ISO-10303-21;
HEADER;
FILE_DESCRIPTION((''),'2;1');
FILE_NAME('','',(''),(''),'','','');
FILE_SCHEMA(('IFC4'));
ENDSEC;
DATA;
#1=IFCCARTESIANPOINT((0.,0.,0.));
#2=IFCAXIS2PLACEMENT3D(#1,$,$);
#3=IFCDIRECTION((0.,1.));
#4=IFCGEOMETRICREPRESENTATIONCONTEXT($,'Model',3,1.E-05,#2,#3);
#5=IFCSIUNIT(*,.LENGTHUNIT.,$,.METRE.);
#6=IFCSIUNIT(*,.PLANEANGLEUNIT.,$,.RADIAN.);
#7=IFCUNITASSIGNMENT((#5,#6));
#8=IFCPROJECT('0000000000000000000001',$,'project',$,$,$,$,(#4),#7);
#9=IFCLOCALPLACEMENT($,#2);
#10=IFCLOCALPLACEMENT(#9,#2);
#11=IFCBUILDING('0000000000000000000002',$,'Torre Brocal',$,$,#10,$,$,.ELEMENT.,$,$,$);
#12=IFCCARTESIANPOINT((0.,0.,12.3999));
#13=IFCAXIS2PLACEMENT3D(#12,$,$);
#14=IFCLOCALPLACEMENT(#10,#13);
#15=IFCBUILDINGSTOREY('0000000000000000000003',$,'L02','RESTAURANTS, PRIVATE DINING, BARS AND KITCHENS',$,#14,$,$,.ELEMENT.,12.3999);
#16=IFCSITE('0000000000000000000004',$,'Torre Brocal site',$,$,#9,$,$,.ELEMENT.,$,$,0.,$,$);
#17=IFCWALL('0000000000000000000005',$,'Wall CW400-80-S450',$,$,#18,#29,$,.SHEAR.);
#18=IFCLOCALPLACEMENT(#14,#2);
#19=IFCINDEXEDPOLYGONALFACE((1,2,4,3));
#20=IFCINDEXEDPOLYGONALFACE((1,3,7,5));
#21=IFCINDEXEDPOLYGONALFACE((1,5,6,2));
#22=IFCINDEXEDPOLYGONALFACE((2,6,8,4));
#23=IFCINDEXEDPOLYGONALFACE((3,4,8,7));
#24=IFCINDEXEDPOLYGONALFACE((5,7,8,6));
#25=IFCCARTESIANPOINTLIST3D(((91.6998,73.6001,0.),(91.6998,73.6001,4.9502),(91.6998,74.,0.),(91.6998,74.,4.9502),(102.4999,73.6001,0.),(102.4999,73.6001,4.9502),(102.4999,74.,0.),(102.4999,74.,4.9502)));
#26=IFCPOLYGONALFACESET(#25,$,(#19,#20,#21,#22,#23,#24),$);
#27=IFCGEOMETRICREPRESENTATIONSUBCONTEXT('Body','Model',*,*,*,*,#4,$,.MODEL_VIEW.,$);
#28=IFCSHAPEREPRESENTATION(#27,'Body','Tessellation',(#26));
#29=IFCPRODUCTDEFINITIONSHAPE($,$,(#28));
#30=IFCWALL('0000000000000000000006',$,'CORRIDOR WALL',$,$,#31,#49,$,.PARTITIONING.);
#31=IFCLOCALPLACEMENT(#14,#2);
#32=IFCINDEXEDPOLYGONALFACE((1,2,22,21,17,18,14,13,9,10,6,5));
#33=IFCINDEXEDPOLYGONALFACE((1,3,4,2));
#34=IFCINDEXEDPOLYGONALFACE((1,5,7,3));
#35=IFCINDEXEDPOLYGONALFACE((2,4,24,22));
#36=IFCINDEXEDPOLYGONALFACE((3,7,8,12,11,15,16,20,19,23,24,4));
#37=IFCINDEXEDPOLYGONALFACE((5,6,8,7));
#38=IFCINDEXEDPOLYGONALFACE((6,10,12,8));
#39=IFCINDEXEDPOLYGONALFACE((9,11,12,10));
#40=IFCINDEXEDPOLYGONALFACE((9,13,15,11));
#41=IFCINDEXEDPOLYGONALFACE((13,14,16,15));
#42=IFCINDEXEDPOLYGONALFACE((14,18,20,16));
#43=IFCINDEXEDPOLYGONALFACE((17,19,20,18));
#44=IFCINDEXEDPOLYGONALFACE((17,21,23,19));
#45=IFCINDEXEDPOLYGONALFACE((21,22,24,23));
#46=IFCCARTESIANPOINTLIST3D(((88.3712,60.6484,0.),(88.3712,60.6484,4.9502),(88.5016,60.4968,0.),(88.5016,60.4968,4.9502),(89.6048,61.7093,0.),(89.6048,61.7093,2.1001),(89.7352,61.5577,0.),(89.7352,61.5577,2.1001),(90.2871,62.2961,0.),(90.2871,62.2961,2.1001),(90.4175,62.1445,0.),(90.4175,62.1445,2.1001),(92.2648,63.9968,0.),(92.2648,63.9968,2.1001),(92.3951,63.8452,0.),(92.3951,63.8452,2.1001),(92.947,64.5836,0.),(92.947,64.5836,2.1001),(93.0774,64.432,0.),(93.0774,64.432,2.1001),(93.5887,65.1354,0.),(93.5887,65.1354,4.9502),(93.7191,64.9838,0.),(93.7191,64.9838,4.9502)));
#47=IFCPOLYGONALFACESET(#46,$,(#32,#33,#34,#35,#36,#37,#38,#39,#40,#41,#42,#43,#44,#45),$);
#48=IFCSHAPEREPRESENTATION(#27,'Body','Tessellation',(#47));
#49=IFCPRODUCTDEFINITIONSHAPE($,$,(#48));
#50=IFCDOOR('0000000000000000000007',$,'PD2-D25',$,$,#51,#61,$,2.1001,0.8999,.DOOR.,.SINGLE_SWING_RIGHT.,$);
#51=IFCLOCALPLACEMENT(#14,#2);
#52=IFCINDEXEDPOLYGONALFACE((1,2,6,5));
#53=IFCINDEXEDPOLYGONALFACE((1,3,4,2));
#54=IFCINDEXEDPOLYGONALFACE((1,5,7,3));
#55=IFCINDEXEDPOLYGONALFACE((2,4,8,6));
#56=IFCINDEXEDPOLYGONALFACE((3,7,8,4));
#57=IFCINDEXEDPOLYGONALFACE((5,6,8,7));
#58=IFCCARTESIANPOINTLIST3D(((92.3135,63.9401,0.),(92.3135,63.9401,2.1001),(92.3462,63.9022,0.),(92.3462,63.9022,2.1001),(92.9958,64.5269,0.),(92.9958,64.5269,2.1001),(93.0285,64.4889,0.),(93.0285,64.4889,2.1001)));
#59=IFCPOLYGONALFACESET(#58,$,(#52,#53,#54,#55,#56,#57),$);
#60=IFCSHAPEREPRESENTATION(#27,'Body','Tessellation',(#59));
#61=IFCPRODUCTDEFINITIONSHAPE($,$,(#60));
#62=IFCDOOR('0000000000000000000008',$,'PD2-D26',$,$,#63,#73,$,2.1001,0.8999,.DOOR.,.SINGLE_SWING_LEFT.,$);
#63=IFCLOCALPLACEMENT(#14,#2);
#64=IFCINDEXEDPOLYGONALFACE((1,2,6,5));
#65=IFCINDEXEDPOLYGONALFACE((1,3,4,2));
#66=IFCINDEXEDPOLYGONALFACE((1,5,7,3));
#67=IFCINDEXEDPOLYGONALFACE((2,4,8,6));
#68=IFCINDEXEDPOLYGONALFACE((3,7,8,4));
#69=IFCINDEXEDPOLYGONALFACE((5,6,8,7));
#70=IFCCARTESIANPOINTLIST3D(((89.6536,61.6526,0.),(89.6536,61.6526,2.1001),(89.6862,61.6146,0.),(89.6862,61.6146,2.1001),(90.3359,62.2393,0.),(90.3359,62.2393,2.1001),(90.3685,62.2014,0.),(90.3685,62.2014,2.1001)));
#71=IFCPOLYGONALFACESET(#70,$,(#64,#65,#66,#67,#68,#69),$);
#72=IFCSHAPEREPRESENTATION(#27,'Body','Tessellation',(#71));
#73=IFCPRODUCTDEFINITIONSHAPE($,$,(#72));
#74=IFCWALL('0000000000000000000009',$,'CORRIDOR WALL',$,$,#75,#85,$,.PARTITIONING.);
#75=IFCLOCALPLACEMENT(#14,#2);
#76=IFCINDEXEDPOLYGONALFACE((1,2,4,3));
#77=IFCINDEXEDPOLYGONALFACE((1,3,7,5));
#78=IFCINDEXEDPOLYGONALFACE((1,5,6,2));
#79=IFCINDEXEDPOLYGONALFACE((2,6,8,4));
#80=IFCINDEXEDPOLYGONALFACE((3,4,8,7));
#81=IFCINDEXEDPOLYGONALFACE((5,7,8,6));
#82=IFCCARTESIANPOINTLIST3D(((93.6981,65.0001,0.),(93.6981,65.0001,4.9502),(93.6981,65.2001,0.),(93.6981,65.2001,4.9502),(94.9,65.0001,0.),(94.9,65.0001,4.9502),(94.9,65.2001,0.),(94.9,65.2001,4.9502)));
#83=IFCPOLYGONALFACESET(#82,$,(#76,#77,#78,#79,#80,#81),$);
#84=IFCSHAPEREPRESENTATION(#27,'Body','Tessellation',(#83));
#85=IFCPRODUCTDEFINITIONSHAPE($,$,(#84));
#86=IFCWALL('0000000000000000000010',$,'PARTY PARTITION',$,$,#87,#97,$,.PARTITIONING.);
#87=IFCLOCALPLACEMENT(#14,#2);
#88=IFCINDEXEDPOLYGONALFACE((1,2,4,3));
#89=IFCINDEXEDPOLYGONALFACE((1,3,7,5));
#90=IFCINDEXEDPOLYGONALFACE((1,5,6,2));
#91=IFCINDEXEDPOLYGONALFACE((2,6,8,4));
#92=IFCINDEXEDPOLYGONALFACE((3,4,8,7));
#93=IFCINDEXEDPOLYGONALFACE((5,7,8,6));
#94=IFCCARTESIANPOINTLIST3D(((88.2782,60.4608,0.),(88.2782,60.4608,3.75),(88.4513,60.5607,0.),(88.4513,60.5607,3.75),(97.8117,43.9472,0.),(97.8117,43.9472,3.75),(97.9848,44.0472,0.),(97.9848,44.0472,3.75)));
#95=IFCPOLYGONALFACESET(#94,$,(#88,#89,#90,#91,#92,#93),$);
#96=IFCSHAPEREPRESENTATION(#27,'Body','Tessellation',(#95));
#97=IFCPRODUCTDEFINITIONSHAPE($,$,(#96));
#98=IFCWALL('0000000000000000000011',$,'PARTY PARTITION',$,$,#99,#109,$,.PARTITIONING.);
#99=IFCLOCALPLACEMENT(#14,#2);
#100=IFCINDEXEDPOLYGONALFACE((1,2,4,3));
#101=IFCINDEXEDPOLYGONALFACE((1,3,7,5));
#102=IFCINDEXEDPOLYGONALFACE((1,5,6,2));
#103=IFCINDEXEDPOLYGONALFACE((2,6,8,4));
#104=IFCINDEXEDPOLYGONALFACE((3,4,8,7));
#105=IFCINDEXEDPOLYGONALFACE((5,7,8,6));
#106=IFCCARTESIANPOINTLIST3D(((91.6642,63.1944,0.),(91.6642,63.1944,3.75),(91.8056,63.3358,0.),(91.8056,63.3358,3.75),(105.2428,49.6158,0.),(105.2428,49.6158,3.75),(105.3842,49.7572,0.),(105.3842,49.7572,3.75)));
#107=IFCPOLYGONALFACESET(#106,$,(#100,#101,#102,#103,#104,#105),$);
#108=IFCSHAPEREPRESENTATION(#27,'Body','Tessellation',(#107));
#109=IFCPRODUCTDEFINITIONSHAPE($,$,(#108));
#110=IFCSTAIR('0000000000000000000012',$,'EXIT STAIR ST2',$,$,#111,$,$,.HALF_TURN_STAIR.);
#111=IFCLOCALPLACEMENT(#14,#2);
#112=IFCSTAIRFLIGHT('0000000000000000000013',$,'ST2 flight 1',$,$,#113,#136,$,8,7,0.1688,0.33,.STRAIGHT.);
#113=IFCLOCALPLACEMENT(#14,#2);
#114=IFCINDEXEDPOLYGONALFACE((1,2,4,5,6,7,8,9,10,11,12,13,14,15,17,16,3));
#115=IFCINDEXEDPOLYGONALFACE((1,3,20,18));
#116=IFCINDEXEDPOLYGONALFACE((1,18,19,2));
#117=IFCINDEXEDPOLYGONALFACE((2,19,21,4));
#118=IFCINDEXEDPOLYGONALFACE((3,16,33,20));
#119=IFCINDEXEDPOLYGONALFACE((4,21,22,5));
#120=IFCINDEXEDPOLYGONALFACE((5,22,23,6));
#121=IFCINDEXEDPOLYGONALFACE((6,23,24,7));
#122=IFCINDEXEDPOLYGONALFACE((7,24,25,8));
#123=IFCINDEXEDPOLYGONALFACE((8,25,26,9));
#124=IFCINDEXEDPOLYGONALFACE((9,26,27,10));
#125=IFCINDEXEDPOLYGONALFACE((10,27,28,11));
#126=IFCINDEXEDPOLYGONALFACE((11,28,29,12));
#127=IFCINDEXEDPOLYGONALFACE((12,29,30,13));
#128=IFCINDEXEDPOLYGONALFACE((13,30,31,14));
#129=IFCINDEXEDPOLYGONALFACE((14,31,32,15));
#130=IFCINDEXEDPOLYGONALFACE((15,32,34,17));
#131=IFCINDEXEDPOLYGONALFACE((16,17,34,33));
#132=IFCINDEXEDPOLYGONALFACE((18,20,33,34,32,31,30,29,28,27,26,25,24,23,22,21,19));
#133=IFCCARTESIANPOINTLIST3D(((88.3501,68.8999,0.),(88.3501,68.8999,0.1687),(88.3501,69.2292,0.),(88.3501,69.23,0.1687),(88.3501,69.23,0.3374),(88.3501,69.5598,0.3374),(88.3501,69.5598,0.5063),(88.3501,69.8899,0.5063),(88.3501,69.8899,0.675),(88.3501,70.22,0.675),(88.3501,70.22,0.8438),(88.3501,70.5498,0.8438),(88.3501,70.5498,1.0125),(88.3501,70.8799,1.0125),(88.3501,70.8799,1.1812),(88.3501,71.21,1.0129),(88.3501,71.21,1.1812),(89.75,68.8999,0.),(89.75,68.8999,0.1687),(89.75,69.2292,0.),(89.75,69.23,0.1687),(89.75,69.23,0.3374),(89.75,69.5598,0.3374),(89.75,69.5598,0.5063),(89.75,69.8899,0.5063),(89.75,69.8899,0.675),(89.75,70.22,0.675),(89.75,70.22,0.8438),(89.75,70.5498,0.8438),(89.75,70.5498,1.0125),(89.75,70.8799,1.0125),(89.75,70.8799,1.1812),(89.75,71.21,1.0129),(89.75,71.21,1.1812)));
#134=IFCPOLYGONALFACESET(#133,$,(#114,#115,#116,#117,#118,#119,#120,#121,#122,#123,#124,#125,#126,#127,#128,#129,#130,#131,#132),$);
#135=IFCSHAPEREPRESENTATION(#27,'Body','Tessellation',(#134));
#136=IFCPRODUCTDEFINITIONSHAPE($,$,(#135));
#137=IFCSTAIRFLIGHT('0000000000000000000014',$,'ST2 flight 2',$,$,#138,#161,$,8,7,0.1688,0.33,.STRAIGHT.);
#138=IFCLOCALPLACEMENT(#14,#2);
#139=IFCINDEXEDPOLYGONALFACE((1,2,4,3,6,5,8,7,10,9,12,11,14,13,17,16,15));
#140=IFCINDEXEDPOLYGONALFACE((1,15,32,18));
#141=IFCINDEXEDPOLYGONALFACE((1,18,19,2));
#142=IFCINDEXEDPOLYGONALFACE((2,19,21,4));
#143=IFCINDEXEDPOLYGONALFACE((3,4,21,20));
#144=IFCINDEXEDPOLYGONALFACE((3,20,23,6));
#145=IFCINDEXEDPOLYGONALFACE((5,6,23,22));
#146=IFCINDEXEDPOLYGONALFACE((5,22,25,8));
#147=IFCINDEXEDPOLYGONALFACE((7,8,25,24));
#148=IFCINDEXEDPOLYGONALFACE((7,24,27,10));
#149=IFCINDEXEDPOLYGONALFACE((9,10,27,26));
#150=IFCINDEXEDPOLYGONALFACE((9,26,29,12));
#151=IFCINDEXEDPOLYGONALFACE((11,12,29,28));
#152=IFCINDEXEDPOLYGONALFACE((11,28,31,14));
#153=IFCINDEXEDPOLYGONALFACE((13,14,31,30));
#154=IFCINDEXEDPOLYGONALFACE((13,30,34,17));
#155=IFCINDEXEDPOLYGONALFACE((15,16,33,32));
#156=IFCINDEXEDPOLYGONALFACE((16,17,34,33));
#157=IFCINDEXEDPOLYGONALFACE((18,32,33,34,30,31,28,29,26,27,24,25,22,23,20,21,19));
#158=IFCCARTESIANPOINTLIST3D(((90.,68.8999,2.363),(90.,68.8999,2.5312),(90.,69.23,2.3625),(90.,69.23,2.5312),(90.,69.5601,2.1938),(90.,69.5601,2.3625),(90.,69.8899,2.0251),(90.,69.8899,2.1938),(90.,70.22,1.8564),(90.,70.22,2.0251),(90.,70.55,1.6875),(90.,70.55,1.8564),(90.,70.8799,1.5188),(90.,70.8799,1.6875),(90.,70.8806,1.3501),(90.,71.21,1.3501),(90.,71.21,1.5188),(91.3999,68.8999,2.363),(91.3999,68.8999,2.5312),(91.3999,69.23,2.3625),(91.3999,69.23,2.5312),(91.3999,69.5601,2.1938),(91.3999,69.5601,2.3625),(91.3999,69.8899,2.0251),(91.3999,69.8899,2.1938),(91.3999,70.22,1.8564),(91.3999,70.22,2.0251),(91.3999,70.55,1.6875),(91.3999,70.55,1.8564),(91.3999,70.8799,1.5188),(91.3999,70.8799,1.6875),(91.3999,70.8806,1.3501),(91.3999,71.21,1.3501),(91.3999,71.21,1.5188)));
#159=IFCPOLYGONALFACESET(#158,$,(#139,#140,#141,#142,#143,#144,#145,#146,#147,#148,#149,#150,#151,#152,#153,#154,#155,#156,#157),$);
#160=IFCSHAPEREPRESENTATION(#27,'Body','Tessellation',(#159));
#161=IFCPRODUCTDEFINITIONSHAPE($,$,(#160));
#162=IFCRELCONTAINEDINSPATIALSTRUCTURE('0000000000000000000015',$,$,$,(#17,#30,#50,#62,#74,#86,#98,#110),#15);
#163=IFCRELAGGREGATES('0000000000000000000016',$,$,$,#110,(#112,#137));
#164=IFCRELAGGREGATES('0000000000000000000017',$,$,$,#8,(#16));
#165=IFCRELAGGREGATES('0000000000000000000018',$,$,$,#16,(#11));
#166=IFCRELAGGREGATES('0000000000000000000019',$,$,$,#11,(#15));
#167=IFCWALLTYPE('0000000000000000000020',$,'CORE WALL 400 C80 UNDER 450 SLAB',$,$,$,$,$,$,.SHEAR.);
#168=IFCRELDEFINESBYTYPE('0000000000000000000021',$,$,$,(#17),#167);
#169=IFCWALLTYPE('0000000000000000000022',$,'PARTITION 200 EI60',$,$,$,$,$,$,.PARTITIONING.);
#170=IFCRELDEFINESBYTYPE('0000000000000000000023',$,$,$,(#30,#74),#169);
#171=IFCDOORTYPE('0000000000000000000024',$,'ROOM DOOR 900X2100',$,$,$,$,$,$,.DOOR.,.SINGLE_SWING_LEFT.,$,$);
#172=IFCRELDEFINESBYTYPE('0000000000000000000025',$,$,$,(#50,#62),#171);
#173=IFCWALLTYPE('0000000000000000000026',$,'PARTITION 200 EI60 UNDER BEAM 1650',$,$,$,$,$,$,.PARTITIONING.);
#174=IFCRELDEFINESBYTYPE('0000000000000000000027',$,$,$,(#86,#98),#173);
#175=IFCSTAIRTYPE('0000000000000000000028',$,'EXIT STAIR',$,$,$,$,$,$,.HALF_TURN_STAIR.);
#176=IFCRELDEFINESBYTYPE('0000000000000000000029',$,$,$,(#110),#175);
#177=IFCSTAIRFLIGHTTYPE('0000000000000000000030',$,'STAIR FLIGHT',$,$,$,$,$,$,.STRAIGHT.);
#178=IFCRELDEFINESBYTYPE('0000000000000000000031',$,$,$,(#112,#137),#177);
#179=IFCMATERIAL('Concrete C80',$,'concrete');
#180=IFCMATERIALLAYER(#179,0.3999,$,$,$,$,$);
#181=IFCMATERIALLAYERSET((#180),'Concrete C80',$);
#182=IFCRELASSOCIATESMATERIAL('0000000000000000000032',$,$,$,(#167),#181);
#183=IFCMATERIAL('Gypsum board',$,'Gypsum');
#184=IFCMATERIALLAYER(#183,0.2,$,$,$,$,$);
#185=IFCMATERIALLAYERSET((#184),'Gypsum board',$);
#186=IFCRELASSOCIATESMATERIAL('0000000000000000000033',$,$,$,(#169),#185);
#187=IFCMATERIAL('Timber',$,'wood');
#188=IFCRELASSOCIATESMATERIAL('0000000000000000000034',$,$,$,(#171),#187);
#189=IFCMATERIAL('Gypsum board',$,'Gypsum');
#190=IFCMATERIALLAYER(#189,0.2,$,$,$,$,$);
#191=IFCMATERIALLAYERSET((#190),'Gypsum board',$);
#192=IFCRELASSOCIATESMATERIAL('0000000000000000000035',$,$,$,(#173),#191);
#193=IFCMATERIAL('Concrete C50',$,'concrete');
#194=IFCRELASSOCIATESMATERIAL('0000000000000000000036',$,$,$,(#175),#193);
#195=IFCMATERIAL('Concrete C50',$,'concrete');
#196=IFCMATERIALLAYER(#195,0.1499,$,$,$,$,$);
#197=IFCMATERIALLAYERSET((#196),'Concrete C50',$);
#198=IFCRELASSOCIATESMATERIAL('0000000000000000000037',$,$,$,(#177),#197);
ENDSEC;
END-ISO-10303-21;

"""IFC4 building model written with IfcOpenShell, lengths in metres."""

from ifc_helpers import new_model, si_unit, direction, frame, frame_2d, origin, place, context, subcontext, project, spatial, polyline, rectangle, outline, extrude, material, layer, layer_set, type_object, element, fill, aggregate, save


model = new_model("IFC4")

# Units and contexts
model_context = context("Model", 3, precision=1e-05, world=origin(), true_north=direction((0.0, 1.0)))
body_context = subcontext(model_context, "Body", "Model", "MODEL_VIEW")
ifc_project = project(units=[si_unit("LENGTHUNIT", "METRE"), si_unit("PLANEANGLEUNIT", "RADIAN")], contexts=[model_context])

# Site, building, storey
site_placement = place(None, origin())
site = spatial("IfcSite", under=ifc_project, at=site_placement, Name="Torre Brocal site", CompositionType="ELEMENT", RefElevation=0.0)
building_placement = place(site_placement, origin())
building = spatial("IfcBuilding", under=site, at=building_placement, Name="Torre Brocal", CompositionType="ELEMENT")
storey_placement = place(building_placement, frame((0.0, 0.0, 12.3999)))
storey = spatial("IfcBuildingStorey", under=building, at=storey_placement, Name="L02", Description="RESTAURANTS, PRIVATE DINING, BARS AND KITCHENS", CompositionType="ELEMENT", Elevation=12.3999)

# Wall
ifc_material_1 = material(Name="Concrete C80", Category="concrete")
ifc_layer_1 = layer(ifc_material_1, 0.3999)
ifc_layer_set_1 = layer_set([ifc_layer_1], Name="Concrete C80")
wall_type_1 = type_object("IfcWallType", Name="CORE WALL 400 C80 UNDER 450 SLAB", PredefinedType="SHEAR", material=ifc_layer_set_1)
wall_1_placement = place(storey_placement, frame((91.7, 73.8, 0.0), z_axis=(0.0, 0.0, 1.0), x_axis=(1.0, 0.0, 0.0)))
element("IfcWall", 1, at=wall_1_placement, inside=storey, type_object=wall_type_1, Name="Wall CW400-80-S450", PredefinedType="SHEAR", context=body_context, shape_type="SweptSolid", body=[
    extrude(rectangle(XDim=10.8, YDim=0.3999, at=frame_2d((5.3999, 0.0))), origin(), (0.0, 0.0, 1.0), 4.9502),
])

# Wall, openings, doors
ifc_material_2 = material(Name="Gypsum board", Category="Gypsum")
ifc_layer_2 = layer(ifc_material_2, 0.2)
ifc_layer_set_2 = layer_set([ifc_layer_2], Name="Gypsum board")
wall_type_2 = type_object("IfcWallType", Name="PARTITION 200 EI60", PredefinedType="PARTITIONING", material=ifc_layer_set_2)
wall_2_placement = place(storey_placement, frame((88.4363, 60.5725, 0.0), z_axis=(0.0, 0.0, 1.0), x_axis=(0.758186, 0.652038, 0.0)))
wall_2 = element("IfcWall", 2, at=wall_2_placement, inside=storey, type_object=wall_type_2, Name="CORRIDOR WALL", PredefinedType="PARTITIONING", context=body_context, shape_type="SweptSolid", body=[
    extrude(rectangle(XDim=6.8816, YDim=0.2, at=frame_2d((3.4409, 0.0))), origin(), (0.0, 0.0, 1.0), 4.9502),
])
opening_1_placement = place(wall_2_placement, frame((5.1355, 0.0, 0.0)))
opening_1 = element("IfcOpeningElement", 3, at=opening_1_placement, cuts=wall_2, PredefinedType="OPENING", context=body_context, shape_type="SweptSolid", body=[
    extrude(rectangle(XDim=0.8999, YDim=2.1001, at=frame_2d((0.45, 1.05))), frame((0.0, 0.1099, 0.0), z_axis=(0.0, -1.0, 0.0), x_axis=(1.0, 0.0, 0.0)), (0.0, 0.0, 1.0), 0.22),
])
opening_2_placement = place(wall_2_placement, frame((1.6272, 0.0, 0.0)))
opening_2 = element("IfcOpeningElement", 4, at=opening_2_placement, cuts=wall_2, PredefinedType="OPENING", context=body_context, shape_type="SweptSolid", body=[
    extrude(rectangle(XDim=0.8999, YDim=2.1001, at=frame_2d((0.45, 1.05))), frame((0.0, 0.1099, 0.0), z_axis=(0.0, -1.0, 0.0), x_axis=(1.0, 0.0, 0.0)), (0.0, 0.0, 1.0), 0.22),
])
ifc_material_3 = material(Name="Timber", Category="wood")
door_type_1 = type_object("IfcDoorType", Name="ROOM DOOR 900X2100", OperationType="SINGLE_SWING_LEFT", PredefinedType="DOOR", material=ifc_material_3)
door_1_placement = place(opening_1_placement, frame((0.8999, 0.0, 0.0), z_axis=(0.0, 0.0, 1.0), x_axis=(-1.0, 0.0, 0.0)))
door_1 = element("IfcDoor", 5, at=door_1_placement, inside=storey, type_object=door_type_1, Name="PD2-D25", OperationType="SINGLE_SWING_RIGHT", OverallHeight=2.1001, OverallWidth=0.8999, PredefinedType="DOOR", context=body_context, shape_type="SweptSolid", body=[
    extrude(rectangle(XDim=0.8999, YDim=2.1001, at=frame_2d((0.45, 1.05))), frame((0.0, 0.0249, 0.0), z_axis=(0.0, -1.0, 0.0), x_axis=(1.0, 0.0, 0.0)), (0.0, 0.0, 1.0), 0.05),
])
fill(opening_1, door_1)
door_2_placement = place(opening_2_placement, frame((0.8999, 0.0, 0.0), z_axis=(0.0, 0.0, 1.0), x_axis=(-1.0, 0.0, 0.0)))
door_2 = element("IfcDoor", 6, at=door_2_placement, inside=storey, type_object=door_type_1, Name="PD2-D26", OperationType="SINGLE_SWING_LEFT", OverallHeight=2.1001, OverallWidth=0.8999, PredefinedType="DOOR", context=body_context, shape_type="SweptSolid", body=[
    extrude(rectangle(XDim=0.8999, YDim=2.1001, at=frame_2d((0.45, 1.05))), frame((0.0, 0.0249, 0.0), z_axis=(0.0, -1.0, 0.0), x_axis=(1.0, 0.0, 0.0)), (0.0, 0.0, 1.0), 0.05),
])
fill(opening_2, door_2)

# Walls
wall_3_placement = place(storey_placement, frame((93.698, 65.1001, 0.0), z_axis=(0.0, 0.0, 1.0), x_axis=(1.0, 0.0, 0.0)))
element("IfcWall", 7, at=wall_3_placement, inside=storey, type_object=wall_type_2, Name="CORRIDOR WALL", PredefinedType="PARTITIONING", context=body_context, shape_type="SweptSolid", body=[
    extrude(rectangle(XDim=1.2019, YDim=0.2, at=frame_2d((0.6011, 0.0))), origin(), (0.0, 0.0, 1.0), 4.9502),
])
ifc_material_4 = material(Name="Gypsum board", Category="Gypsum")
ifc_layer_3 = layer(ifc_material_4, 0.2)
ifc_layer_set_3 = layer_set([ifc_layer_3], Name="Gypsum board")
wall_type_3 = type_object("IfcWallType", Name="PARTITION 200 EI60 UNDER BEAM 1650", PredefinedType="PARTITIONING", material=ifc_layer_set_3)
wall_4_placement = place(storey_placement, frame((88.3647, 60.5107, 0.0), z_axis=(0.0, 0.0, 1.0), x_axis=(0.499977, -0.866039, 0.0)))
element("IfcWall", 8, at=wall_4_placement, inside=storey, type_object=wall_type_3, Name="PARTY PARTITION", PredefinedType="PARTITIONING", context=body_context, shape_type="SweptSolid", body=[
    extrude(rectangle(XDim=19.0679, YDim=0.2, at=frame_2d((9.5339, 0.0))), origin(), (0.0, 0.0, 1.0), 3.75),
])
wall_5_placement = place(storey_placement, frame((91.7349, 63.2651, 0.0), z_axis=(0.0, 0.0, 1.0), x_axis=(0.707107, -0.707107, 0.0)))
element("IfcWall", 9, at=wall_5_placement, inside=storey, type_object=wall_type_3, Name="PARTY PARTITION", PredefinedType="PARTITIONING", context=body_context, shape_type="SweptSolid", body=[
    extrude(rectangle(XDim=19.2031, YDim=0.2, at=frame_2d((9.6016, 0.0))), origin(), (0.0, 0.0, 1.0), 3.75),
])

# Stair, stair flights
ifc_material_5 = material(Name="Concrete C50", Category="concrete")
stair_type = type_object("IfcStairType", Name="EXIT STAIR", PredefinedType="HALF_TURN_STAIR", material=ifc_material_5)
stair_placement = place(storey_placement, origin())
stair = element("IfcStair", 10, at=stair_placement, inside=storey, type_object=stair_type, Name="EXIT STAIR ST2", PredefinedType="HALF_TURN_STAIR")
ifc_material_6 = material(Name="Concrete C50", Category="concrete")
ifc_layer_4 = layer(ifc_material_6, 0.1499)
ifc_layer_set_4 = layer_set([ifc_layer_4], Name="Concrete C50")
stair_flight_type = type_object("IfcStairFlightType", Name="STAIR FLIGHT", PredefinedType="STRAIGHT", material=ifc_layer_set_4)
stair_flight_1_placement = place(storey_placement, frame((89.05, 68.8999, 0.0), z_axis=(0.0, 0.0, 1.0), x_axis=(0.0, 1.0, 0.0)))
stair_flight_1 = element("IfcStairFlight", 11, at=stair_flight_1_placement, type_object=stair_flight_type, Name="ST2 flight 1", NumberOfRisers=8, NumberOfTreads=7, PredefinedType="STRAIGHT", RiserHeight=0.1688, TreadLength=0.33, context=body_context, shape_type="SweptSolid", body=[
    extrude(outline(polyline([(0.0, 0.0), (0.0, 0.1687), (0.3301, 0.1687), (0.3301, 0.3374), (0.6599, 0.3374), (0.6599, 0.5063), (0.99, 0.5063), (0.99, 0.675), (1.3201, 0.675), (1.3201, 0.8438), (1.6499, 0.8438), (1.6499, 1.0125), (1.98, 1.0125), (1.98, 1.1812), (2.3101, 1.1812), (2.3101, 1.3501), (2.3101, 1.0129), (0.3293, 0.0), (0.0, 0.0)])), frame((0.0, 0.7, 0.0), z_axis=(0.0, -1.0, 0.0), x_axis=(1.0, 0.0, 0.0)), (0.0, 0.0, 1.0), 1.3999),
])
stair_flight_2_placement = place(storey_placement, frame((90.7, 71.21, 1.3501), z_axis=(0.0, 0.0, 1.0), x_axis=(0.0, -1.0, 0.0)))
stair_flight_2 = element("IfcStairFlight", 12, at=stair_flight_2_placement, type_object=stair_flight_type, Name="ST2 flight 2", NumberOfRisers=8, NumberOfTreads=7, PredefinedType="STRAIGHT", RiserHeight=0.1688, TreadLength=0.33, context=body_context, shape_type="SweptSolid", body=[
    extrude(outline(polyline([(0.0, 0.0), (0.0, 0.1687), (0.3301, 0.1687), (0.3301, 0.3374), (0.6599, 0.3374), (0.6599, 0.5063), (0.99, 0.5063), (0.99, 0.675), (1.3201, 0.675), (1.3201, 0.8438), (1.6499, 0.8438), (1.6499, 1.0125), (1.98, 1.0125), (1.98, 1.1812), (2.3101, 1.1812), (2.3101, 1.3501), (2.3101, 1.0129), (0.3293, 0.0), (0.0, 0.0)])), frame((0.0, 0.7, 0.0), z_axis=(0.0, -1.0, 0.0), x_axis=(1.0, 0.0, 0.0)), (0.0, 0.0, 1.0), 1.3999),
])
aggregate(stair, [stair_flight_1, stair_flight_2])

save(model, "model.ifc")
